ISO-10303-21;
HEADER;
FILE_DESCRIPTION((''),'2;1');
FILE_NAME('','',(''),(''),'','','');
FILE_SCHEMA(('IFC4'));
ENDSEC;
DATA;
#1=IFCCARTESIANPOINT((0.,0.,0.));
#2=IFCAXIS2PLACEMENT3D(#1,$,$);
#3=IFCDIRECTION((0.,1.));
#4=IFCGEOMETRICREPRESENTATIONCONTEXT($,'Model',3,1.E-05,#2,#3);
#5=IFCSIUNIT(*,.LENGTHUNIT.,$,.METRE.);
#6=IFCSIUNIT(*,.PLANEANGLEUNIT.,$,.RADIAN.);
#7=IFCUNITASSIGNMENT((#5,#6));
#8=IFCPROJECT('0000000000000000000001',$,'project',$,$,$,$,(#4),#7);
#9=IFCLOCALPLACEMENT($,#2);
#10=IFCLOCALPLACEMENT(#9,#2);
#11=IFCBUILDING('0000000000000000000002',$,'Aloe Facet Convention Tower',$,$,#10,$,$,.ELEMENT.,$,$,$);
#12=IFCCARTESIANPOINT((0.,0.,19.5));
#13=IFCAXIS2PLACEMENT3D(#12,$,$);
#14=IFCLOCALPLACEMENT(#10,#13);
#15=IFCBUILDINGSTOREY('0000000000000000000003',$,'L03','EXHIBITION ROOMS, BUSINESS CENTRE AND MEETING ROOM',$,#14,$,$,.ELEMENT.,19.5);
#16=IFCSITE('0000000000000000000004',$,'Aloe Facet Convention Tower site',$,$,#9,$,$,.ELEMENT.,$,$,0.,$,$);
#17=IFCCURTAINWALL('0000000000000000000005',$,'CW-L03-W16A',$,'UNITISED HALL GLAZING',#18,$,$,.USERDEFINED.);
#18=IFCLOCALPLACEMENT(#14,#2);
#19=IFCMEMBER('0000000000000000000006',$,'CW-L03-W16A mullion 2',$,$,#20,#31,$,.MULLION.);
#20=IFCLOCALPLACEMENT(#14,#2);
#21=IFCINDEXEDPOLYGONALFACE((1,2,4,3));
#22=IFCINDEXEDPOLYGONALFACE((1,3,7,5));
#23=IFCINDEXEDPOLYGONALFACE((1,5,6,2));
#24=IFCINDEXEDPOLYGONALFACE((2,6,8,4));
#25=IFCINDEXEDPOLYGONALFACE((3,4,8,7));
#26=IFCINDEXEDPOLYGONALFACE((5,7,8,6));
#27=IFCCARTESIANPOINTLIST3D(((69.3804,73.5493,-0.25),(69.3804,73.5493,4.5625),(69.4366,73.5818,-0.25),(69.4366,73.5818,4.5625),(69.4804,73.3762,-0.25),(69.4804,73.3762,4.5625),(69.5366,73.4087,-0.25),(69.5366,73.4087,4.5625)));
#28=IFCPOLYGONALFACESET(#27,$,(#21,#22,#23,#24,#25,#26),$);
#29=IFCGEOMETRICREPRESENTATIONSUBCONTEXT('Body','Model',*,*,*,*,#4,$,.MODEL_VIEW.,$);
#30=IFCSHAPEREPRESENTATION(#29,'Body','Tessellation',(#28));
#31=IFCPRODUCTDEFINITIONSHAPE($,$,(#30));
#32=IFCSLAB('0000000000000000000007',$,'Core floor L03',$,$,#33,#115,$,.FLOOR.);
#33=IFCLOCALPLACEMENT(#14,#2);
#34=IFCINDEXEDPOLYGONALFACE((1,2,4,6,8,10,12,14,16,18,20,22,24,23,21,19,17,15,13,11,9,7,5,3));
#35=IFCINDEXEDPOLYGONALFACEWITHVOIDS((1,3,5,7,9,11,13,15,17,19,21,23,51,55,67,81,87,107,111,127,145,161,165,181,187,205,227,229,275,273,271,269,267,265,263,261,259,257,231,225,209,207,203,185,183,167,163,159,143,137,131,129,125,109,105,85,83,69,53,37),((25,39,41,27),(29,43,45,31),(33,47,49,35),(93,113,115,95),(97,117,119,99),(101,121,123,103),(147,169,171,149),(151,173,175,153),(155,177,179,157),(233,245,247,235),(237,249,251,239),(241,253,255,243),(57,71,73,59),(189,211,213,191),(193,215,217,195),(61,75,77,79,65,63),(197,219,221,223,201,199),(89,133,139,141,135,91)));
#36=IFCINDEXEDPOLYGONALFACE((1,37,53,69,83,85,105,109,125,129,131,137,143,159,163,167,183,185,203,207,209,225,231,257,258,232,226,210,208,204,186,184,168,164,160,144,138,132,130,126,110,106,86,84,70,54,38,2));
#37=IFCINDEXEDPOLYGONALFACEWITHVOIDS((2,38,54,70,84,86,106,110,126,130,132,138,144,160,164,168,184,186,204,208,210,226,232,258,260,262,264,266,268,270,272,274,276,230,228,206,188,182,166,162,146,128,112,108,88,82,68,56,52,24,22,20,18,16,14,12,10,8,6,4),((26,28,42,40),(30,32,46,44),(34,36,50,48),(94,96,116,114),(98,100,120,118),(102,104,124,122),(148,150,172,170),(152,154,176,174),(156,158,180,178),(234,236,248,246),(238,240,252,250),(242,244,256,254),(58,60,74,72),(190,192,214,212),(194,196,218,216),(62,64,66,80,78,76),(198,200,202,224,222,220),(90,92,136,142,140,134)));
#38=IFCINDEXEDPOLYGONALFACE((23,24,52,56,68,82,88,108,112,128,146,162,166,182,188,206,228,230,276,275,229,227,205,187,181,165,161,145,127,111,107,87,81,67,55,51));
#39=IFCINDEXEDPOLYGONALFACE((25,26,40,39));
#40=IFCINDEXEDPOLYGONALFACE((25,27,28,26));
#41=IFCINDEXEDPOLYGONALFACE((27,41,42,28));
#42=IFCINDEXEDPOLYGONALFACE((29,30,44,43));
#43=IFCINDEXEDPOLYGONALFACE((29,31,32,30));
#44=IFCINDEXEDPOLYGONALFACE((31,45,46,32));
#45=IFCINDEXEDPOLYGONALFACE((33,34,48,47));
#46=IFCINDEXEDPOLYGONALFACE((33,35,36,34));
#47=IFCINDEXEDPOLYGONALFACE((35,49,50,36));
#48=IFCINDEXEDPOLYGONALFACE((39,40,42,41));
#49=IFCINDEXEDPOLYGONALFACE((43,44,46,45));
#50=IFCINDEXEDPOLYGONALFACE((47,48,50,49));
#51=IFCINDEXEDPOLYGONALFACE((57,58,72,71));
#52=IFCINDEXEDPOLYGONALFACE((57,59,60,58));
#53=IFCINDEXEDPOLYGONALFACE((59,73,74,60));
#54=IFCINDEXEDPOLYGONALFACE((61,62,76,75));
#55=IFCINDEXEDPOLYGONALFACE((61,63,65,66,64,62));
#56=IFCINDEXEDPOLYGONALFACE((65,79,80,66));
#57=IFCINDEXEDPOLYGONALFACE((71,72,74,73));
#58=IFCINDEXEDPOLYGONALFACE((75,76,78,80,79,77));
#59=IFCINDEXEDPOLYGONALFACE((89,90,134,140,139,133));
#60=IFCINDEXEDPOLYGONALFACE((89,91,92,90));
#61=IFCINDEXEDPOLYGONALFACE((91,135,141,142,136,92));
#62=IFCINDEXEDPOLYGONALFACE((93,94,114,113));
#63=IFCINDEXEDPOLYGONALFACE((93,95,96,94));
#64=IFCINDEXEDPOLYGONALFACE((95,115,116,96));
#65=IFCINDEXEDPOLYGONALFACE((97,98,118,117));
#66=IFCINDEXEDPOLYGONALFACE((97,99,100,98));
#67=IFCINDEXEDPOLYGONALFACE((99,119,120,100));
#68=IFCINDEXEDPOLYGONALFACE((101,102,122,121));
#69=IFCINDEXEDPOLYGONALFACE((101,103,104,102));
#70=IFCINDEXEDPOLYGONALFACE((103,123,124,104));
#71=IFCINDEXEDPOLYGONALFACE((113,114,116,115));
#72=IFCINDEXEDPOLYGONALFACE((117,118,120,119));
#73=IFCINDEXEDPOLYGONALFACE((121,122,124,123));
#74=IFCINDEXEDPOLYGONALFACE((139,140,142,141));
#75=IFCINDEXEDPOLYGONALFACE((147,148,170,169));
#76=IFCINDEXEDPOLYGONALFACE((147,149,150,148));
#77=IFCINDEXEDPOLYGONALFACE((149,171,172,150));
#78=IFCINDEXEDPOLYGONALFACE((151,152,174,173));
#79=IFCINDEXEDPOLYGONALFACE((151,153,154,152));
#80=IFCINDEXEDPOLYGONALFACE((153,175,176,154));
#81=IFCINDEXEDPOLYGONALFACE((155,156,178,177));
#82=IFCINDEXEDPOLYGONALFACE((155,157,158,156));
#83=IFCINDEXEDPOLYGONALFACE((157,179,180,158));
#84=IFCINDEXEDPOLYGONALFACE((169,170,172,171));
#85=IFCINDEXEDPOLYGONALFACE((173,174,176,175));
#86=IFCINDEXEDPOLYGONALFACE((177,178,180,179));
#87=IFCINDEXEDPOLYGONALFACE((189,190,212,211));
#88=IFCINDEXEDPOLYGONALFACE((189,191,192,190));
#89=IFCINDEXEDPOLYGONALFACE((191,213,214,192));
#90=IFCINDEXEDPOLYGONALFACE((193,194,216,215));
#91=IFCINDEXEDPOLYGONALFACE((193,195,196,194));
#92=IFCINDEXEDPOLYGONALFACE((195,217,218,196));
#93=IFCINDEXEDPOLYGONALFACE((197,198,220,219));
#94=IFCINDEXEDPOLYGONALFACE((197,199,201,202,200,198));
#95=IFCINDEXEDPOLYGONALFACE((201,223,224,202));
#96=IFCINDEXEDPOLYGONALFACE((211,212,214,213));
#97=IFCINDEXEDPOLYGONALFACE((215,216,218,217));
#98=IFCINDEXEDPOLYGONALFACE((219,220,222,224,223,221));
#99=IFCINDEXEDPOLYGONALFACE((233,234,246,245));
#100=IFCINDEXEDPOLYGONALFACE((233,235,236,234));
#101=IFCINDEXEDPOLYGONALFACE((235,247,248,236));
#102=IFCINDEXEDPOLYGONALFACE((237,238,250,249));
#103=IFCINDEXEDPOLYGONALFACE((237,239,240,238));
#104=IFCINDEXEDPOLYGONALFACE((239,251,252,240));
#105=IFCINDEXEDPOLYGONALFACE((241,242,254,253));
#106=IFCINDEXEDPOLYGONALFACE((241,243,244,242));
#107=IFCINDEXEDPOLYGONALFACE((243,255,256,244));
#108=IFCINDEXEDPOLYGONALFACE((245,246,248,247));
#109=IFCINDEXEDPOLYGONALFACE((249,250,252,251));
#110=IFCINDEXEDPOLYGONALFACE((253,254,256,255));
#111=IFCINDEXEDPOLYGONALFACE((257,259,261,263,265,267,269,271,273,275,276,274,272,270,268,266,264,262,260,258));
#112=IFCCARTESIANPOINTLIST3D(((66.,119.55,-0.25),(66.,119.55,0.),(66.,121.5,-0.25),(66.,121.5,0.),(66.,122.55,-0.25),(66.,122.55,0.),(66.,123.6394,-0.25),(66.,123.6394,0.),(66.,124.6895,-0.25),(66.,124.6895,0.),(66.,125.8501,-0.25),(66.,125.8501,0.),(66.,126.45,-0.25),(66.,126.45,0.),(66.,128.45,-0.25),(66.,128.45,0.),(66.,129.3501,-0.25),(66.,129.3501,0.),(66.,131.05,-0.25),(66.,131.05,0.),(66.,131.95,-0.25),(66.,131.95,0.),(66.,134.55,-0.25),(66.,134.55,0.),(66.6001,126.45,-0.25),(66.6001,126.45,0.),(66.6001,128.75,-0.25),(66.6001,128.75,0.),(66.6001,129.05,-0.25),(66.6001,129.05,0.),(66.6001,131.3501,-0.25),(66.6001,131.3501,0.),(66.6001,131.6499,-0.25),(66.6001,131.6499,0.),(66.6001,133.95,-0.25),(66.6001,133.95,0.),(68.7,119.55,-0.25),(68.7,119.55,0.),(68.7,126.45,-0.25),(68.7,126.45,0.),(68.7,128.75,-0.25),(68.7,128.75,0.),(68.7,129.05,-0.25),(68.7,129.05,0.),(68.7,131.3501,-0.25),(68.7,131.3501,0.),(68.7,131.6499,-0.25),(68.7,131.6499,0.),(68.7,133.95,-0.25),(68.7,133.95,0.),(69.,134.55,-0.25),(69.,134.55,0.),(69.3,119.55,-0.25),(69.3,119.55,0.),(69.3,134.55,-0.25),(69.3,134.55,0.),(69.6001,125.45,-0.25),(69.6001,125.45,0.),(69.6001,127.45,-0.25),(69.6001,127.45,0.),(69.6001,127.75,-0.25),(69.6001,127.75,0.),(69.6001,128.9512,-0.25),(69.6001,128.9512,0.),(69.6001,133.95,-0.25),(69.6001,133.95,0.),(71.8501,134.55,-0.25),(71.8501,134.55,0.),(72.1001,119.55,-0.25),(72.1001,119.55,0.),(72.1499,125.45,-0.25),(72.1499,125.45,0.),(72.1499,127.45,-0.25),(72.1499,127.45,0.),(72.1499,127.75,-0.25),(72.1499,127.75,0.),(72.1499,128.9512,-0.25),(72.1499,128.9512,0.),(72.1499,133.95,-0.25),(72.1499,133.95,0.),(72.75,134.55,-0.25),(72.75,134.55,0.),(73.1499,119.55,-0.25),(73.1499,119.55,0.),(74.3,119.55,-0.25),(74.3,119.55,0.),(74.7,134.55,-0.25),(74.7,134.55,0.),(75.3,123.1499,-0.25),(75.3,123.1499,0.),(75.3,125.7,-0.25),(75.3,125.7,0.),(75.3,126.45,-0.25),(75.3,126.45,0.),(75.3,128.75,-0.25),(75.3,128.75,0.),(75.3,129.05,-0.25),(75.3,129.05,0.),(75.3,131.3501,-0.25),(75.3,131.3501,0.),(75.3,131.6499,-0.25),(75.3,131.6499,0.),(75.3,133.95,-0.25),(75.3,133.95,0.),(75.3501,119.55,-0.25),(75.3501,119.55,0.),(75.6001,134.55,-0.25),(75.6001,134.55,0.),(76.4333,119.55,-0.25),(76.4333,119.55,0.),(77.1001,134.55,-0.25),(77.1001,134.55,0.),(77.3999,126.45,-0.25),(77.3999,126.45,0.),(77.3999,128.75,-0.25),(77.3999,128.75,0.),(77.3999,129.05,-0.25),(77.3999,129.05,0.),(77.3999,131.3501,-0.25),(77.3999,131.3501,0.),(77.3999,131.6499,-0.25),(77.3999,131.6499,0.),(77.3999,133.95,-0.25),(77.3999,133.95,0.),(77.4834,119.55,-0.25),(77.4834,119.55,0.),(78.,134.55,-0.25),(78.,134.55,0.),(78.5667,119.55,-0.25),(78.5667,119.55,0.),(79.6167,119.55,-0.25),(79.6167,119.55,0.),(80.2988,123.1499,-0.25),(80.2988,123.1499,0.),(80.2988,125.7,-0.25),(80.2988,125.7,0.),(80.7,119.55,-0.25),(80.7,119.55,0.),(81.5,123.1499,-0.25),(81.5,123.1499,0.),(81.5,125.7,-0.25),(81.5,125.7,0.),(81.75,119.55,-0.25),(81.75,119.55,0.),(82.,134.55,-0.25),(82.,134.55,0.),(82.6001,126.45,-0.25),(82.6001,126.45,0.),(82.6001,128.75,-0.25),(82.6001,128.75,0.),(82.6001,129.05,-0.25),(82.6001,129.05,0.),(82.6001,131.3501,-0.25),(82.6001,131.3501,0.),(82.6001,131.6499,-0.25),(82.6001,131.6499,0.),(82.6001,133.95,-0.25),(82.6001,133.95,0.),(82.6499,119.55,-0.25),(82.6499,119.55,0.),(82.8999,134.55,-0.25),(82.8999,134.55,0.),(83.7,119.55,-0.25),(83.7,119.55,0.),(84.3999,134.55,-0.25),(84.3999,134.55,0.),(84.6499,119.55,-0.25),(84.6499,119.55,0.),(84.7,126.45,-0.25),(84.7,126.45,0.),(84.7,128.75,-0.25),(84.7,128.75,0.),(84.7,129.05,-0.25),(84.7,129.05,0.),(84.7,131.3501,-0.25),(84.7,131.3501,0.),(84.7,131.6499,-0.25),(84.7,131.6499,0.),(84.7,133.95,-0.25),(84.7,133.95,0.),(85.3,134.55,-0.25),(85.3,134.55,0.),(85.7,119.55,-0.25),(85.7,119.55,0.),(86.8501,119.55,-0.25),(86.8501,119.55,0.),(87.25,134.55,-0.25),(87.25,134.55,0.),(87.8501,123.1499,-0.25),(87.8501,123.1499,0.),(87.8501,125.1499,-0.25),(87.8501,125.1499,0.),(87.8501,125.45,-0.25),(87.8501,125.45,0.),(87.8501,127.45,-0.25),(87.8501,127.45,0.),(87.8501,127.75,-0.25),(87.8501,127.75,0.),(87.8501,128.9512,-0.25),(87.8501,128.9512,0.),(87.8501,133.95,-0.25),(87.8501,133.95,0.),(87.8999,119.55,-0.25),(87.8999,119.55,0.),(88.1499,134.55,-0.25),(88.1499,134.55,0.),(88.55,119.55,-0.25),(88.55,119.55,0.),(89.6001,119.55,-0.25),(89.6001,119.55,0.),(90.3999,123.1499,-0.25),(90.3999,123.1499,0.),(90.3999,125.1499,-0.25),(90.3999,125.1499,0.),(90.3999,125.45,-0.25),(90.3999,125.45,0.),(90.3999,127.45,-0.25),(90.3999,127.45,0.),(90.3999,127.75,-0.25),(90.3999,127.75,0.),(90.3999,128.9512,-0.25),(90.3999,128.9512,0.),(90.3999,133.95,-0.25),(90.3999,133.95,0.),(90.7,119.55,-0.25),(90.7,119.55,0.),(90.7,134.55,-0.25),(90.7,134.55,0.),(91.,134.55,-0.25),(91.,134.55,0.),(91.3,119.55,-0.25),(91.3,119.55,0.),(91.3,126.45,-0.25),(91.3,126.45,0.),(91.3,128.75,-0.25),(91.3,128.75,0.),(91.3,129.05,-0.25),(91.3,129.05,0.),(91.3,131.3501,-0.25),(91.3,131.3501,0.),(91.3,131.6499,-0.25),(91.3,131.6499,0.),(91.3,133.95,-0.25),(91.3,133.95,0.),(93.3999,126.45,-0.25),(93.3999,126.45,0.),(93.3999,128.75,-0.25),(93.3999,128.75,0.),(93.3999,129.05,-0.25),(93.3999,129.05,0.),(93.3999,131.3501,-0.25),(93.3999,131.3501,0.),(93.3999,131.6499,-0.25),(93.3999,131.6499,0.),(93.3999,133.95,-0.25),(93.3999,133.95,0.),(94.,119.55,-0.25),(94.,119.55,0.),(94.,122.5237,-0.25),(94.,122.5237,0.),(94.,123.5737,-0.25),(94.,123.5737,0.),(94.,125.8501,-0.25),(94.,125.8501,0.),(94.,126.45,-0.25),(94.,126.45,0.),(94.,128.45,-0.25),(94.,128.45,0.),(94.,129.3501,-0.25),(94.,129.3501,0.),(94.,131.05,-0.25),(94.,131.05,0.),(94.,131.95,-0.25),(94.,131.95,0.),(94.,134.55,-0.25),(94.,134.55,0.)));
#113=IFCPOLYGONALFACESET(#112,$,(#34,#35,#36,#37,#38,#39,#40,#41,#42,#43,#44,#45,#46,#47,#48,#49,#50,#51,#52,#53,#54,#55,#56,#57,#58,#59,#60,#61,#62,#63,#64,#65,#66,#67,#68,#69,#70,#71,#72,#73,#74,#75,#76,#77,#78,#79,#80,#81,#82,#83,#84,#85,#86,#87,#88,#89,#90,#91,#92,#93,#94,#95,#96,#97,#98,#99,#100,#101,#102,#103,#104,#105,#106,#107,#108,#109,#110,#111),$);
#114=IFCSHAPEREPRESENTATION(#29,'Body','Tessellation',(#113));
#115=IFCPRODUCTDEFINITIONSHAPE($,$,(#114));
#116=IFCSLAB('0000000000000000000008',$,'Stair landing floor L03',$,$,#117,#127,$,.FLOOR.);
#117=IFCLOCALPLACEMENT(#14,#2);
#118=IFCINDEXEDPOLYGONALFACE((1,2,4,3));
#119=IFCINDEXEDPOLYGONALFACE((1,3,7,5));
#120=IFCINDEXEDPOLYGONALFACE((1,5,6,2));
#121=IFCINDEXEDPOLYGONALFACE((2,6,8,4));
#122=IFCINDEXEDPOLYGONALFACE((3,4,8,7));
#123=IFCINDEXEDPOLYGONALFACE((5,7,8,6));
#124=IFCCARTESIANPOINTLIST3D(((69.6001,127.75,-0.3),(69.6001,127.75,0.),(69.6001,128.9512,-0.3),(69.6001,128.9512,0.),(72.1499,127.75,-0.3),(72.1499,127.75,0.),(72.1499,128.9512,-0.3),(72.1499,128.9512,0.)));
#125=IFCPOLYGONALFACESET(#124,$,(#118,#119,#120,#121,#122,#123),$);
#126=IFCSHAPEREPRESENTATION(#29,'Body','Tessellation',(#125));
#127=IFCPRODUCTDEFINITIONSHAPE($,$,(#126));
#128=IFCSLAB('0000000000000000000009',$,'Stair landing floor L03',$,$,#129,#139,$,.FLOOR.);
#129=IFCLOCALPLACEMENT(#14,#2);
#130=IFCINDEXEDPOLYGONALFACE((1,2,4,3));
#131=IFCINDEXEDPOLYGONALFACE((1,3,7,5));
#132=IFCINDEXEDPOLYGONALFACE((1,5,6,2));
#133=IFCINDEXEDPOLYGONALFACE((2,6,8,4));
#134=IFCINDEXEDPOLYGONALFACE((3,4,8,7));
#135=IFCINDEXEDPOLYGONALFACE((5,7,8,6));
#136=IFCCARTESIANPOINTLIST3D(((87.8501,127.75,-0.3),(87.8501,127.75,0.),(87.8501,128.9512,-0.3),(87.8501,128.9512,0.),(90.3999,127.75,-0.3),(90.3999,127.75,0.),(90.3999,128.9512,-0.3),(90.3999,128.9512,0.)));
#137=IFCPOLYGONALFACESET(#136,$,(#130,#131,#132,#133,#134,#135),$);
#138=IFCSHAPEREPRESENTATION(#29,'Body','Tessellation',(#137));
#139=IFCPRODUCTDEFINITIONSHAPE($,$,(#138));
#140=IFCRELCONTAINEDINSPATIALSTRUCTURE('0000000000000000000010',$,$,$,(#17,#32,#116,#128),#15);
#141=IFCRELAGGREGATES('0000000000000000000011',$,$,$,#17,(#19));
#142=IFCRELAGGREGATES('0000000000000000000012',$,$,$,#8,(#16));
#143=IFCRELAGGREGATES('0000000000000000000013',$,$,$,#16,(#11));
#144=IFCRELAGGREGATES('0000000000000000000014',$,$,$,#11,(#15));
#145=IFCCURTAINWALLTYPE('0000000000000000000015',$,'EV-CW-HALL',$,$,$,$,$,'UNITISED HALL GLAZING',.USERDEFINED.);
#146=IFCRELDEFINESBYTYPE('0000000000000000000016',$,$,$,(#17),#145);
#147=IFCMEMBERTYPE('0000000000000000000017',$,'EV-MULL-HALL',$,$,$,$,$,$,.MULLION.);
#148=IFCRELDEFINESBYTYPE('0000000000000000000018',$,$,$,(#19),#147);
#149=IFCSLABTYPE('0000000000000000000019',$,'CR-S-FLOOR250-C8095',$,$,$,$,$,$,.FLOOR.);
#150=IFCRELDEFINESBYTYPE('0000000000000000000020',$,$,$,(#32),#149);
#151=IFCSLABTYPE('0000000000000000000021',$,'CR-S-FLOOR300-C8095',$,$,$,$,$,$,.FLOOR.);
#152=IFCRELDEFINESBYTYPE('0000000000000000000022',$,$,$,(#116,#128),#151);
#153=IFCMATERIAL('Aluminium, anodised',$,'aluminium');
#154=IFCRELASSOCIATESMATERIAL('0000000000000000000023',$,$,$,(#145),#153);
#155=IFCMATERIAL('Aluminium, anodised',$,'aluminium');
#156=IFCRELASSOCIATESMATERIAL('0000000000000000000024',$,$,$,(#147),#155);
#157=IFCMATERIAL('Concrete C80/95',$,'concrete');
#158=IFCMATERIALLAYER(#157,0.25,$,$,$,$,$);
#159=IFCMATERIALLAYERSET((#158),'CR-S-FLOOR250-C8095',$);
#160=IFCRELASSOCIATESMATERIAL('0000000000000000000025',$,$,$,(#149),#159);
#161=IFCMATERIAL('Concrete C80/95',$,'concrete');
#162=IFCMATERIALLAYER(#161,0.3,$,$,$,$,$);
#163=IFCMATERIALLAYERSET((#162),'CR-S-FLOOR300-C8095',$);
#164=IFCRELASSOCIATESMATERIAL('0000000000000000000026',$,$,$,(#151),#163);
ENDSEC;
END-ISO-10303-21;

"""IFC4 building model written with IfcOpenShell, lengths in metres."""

from ifc_helpers import new_model, si_unit, direction, frame, origin, origin_2d, place, context, subcontext, project, spatial, polyline, rectangle, outline, extrude, material, layer, layer_set, material_profile, profile_set, type_object, element, aggregate, save


model = new_model("IFC4")

# Units and contexts
model_context = context("Model", 3, precision=1e-05, world=origin(), true_north=direction((0.0, 1.0)))
body_context = subcontext(model_context, "Body", "Model", "MODEL_VIEW")
ifc_project = project(units=[si_unit("LENGTHUNIT", "METRE"), si_unit("PLANEANGLEUNIT", "RADIAN")], contexts=[model_context])

# Site, building, storey
site_placement = place(None, origin())
site = spatial("IfcSite", under=ifc_project, at=site_placement, Name="Aloe Facet Convention Tower site", CompositionType="ELEMENT", RefElevation=0.0)
building_placement = place(site_placement, origin())
building = spatial("IfcBuilding", under=site, at=building_placement, Name="Aloe Facet Convention Tower", CompositionType="ELEMENT")
storey_placement = place(building_placement, frame((0.0, 0.0, 19.5)))
storey = spatial("IfcBuildingStorey", under=building, at=storey_placement, Name="L03", Description="EXHIBITION ROOMS, BUSINESS CENTRE AND MEETING ROOM", CompositionType="ELEMENT", Elevation=19.5)

# Curtain wall, member
ifc_material_1 = material(Name="Aluminium, anodised", Category="aluminium")
curtain_wall_type = type_object("IfcCurtainWallType", Name="EV-CW-HALL", ElementType="UNITISED HALL GLAZING", PredefinedType="USERDEFINED", material=ifc_material_1)
curtain_wall_placement = place(storey_placement, origin())
curtain_wall = element("IfcCurtainWall", 1, at=curtain_wall_placement, inside=storey, type_object=curtain_wall_type, Name="CW-L03-W16A", ObjectType="UNITISED HALL GLAZING", PredefinedType="USERDEFINED")
ifc_material_2 = material(Name="Aluminium, anodised", Category="aluminium")
ifc_material_profile = material_profile(ifc_material_2, rectangle(XDim=0.0649, YDim=0.2, at=origin_2d()), Name="AL 65x200")
ifc_profile_set = profile_set([ifc_material_profile], Name="Aluminium, anodised")
member_type = type_object("IfcMemberType", Name="EV-MULL-HALL", PredefinedType="MULLION", material=ifc_profile_set)
member_placement = place(storey_placement, frame((69.4585, 73.479, -0.25), z_axis=(0.0, 0.0, 1.0), x_axis=(0.866025, 0.5, 0.0)))
member = element("IfcMember", 2, at=member_placement, type_object=member_type, Name="CW-L03-W16A mullion 2", PredefinedType="MULLION", context=body_context, shape_type="SweptSolid", body=[
    extrude(rectangle(XDim=0.0649, YDim=0.2, at=origin_2d()), origin(), (0.0, 0.0, 1.0), 4.8125),
])

# Slabs
ifc_material_3 = material(Name="Concrete C80/95", Category="concrete")
ifc_layer_1 = layer(ifc_material_3, 0.25)
ifc_layer_set_1 = layer_set([ifc_layer_1], Name="CR-S-FLOOR250-C8095")
slab_type_1 = type_object("IfcSlabType", Name="CR-S-FLOOR250-C8095", PredefinedType="FLOOR", material=ifc_layer_set_1)
slab_1_placement = place(storey_placement, frame((0.0, 0.0, -0.25)))
element("IfcSlab", 3, at=slab_1_placement, inside=storey, type_object=slab_type_1, Name="Core floor L03", PredefinedType="FLOOR", context=body_context, shape_type="SweptSolid", body=[
    extrude(outline(polyline([(69.3, 134.55), (71.8501, 134.55), (72.75, 134.55), (74.7, 134.55), (75.6001, 134.55), (77.1001, 134.55), (78.0, 134.55), (82.0, 134.55), (82.8999, 134.55), (84.3999, 134.55), (85.3, 134.55), (87.25, 134.55), (88.1499, 134.55), (90.7, 134.55), (91.0, 134.55), (94.0, 134.55), (94.0, 131.95), (94.0, 131.05), (94.0, 129.3501), (94.0, 128.45), (94.0, 126.45), (94.0, 125.8501), (94.0, 123.5737), (94.0, 122.5237), (94.0, 119.55), (91.3, 119.55), (90.7, 119.55), (89.6001, 119.55), (88.55, 119.55), (87.8999, 119.55), (86.8501, 119.55), (85.7, 119.55), (84.6499, 119.55), (83.7, 119.55), (82.6499, 119.55), (81.75, 119.55), (80.7, 119.55), (79.6167, 119.55), (78.5667, 119.55), (77.4834, 119.55), (76.4333, 119.55), (75.3501, 119.55), (74.3, 119.55), (73.1499, 119.55), (72.1001, 119.55), (69.3, 119.55), (68.7, 119.55), (66.0, 119.55), (66.0, 121.5), (66.0, 122.55), (66.0, 123.6394), (66.0, 124.6895), (66.0, 125.8501), (66.0, 126.45), (66.0, 128.45), (66.0, 129.3501), (66.0, 131.05), (66.0, 131.95), (66.0, 134.55), (69.0, 134.55), (69.3, 134.55)]), holes=[polyline([(75.3, 123.1499), (80.2988, 123.1499), (81.5, 123.1499), (81.5, 125.7), (80.2988, 125.7), (75.3, 125.7), (75.3, 123.1499)]), polyline([(69.6001, 125.45), (72.1499, 125.45), (72.1499, 127.45), (69.6001, 127.45), (69.6001, 125.45)]), polyline([(66.6001, 126.45), (68.7, 126.45), (68.7, 128.75), (66.6001, 128.75), (66.6001, 126.45)]), polyline([(75.3, 126.45), (77.3999, 126.45), (77.3999, 128.75), (75.3, 128.75), (75.3, 126.45)]), polyline([(66.6001, 129.05), (68.7, 129.05), (68.7, 131.3501), (66.6001, 131.3501), (66.6001, 129.05)]), polyline([(75.3, 129.05), (77.3999, 129.05), (77.3999, 131.3501), (75.3, 131.3501), (75.3, 129.05)]), polyline([(69.6001, 133.95), (69.6001, 128.9512), (69.6001, 127.75), (72.1499, 127.75), (72.1499, 128.9512), (72.1499, 133.95), (69.6001, 133.95)]), polyline([(66.6001, 133.95), (66.6001, 131.6499), (68.7, 131.6499), (68.7, 133.95), (66.6001, 133.95)]), polyline([(75.3, 133.95), (75.3, 131.6499), (77.3999, 131.6499), (77.3999, 133.95), (75.3, 133.95)]), polyline([(87.8501, 123.1499), (90.3999, 123.1499), (90.3999, 125.1499), (87.8501, 125.1499), (87.8501, 123.1499)]), polyline([(87.8501, 125.45), (90.3999, 125.45), (90.3999, 127.45), (87.8501, 127.45), (87.8501, 125.45)]), polyline([(82.6001, 126.45), (84.7, 126.45), (84.7, 128.75), (82.6001, 128.75), (82.6001, 126.45)]), polyline([(91.3, 126.45), (93.3999, 126.45), (93.3999, 128.75), (91.3, 128.75), (91.3, 126.45)]), polyline([(82.6001, 129.05), (84.7, 129.05), (84.7, 131.3501), (82.6001, 131.3501), (82.6001, 129.05)]), polyline([(91.3, 129.05), (93.3999, 129.05), (93.3999, 131.3501), (91.3, 131.3501), (91.3, 129.05)]), polyline([(87.8501, 133.95), (87.8501, 128.9512), (87.8501, 127.75), (90.3999, 127.75), (90.3999, 128.9512), (90.3999, 133.95), (87.8501, 133.95)]), polyline([(82.6001, 133.95), (82.6001, 131.6499), (84.7, 131.6499), (84.7, 133.95), (82.6001, 133.95)]), polyline([(91.3, 133.95), (91.3, 131.6499), (93.3999, 131.6499), (93.3999, 133.95), (91.3, 133.95)])]), origin(), (0.0, 0.0, 1.0), 0.25),
])
ifc_material_4 = material(Name="Concrete C80/95", Category="concrete")
ifc_layer_2 = layer(ifc_material_4, 0.3)
ifc_layer_set_2 = layer_set([ifc_layer_2], Name="CR-S-FLOOR300-C8095")
slab_type_2 = type_object("IfcSlabType", Name="CR-S-FLOOR300-C8095", PredefinedType="FLOOR", material=ifc_layer_set_2)
slab_2_placement = place(storey_placement, frame((0.0, 0.0, -0.3)))
element("IfcSlab", 4, at=slab_2_placement, inside=storey, type_object=slab_type_2, Name="Stair landing floor L03", PredefinedType="FLOOR", context=body_context, shape_type="SweptSolid", body=[
    extrude(outline(polyline([(72.1499, 127.75), (72.1499, 128.9512), (69.6001, 128.9512), (69.6001, 127.75), (72.1499, 127.75)])), origin(), (0.0, 0.0, 1.0), 0.3),
])
slab_3_placement = place(storey_placement, frame((0.0, 0.0, -0.3)))
element("IfcSlab", 5, at=slab_3_placement, inside=storey, type_object=slab_type_2, Name="Stair landing floor L03", PredefinedType="FLOOR", context=body_context, shape_type="SweptSolid", body=[
    extrude(outline(polyline([(90.3999, 127.75), (90.3999, 128.9512), (87.8501, 128.9512), (87.8501, 127.75), (90.3999, 127.75)])), origin(), (0.0, 0.0, 1.0), 0.3),
])

aggregate(curtain_wall, [member])

save(model, "model.ifc")
